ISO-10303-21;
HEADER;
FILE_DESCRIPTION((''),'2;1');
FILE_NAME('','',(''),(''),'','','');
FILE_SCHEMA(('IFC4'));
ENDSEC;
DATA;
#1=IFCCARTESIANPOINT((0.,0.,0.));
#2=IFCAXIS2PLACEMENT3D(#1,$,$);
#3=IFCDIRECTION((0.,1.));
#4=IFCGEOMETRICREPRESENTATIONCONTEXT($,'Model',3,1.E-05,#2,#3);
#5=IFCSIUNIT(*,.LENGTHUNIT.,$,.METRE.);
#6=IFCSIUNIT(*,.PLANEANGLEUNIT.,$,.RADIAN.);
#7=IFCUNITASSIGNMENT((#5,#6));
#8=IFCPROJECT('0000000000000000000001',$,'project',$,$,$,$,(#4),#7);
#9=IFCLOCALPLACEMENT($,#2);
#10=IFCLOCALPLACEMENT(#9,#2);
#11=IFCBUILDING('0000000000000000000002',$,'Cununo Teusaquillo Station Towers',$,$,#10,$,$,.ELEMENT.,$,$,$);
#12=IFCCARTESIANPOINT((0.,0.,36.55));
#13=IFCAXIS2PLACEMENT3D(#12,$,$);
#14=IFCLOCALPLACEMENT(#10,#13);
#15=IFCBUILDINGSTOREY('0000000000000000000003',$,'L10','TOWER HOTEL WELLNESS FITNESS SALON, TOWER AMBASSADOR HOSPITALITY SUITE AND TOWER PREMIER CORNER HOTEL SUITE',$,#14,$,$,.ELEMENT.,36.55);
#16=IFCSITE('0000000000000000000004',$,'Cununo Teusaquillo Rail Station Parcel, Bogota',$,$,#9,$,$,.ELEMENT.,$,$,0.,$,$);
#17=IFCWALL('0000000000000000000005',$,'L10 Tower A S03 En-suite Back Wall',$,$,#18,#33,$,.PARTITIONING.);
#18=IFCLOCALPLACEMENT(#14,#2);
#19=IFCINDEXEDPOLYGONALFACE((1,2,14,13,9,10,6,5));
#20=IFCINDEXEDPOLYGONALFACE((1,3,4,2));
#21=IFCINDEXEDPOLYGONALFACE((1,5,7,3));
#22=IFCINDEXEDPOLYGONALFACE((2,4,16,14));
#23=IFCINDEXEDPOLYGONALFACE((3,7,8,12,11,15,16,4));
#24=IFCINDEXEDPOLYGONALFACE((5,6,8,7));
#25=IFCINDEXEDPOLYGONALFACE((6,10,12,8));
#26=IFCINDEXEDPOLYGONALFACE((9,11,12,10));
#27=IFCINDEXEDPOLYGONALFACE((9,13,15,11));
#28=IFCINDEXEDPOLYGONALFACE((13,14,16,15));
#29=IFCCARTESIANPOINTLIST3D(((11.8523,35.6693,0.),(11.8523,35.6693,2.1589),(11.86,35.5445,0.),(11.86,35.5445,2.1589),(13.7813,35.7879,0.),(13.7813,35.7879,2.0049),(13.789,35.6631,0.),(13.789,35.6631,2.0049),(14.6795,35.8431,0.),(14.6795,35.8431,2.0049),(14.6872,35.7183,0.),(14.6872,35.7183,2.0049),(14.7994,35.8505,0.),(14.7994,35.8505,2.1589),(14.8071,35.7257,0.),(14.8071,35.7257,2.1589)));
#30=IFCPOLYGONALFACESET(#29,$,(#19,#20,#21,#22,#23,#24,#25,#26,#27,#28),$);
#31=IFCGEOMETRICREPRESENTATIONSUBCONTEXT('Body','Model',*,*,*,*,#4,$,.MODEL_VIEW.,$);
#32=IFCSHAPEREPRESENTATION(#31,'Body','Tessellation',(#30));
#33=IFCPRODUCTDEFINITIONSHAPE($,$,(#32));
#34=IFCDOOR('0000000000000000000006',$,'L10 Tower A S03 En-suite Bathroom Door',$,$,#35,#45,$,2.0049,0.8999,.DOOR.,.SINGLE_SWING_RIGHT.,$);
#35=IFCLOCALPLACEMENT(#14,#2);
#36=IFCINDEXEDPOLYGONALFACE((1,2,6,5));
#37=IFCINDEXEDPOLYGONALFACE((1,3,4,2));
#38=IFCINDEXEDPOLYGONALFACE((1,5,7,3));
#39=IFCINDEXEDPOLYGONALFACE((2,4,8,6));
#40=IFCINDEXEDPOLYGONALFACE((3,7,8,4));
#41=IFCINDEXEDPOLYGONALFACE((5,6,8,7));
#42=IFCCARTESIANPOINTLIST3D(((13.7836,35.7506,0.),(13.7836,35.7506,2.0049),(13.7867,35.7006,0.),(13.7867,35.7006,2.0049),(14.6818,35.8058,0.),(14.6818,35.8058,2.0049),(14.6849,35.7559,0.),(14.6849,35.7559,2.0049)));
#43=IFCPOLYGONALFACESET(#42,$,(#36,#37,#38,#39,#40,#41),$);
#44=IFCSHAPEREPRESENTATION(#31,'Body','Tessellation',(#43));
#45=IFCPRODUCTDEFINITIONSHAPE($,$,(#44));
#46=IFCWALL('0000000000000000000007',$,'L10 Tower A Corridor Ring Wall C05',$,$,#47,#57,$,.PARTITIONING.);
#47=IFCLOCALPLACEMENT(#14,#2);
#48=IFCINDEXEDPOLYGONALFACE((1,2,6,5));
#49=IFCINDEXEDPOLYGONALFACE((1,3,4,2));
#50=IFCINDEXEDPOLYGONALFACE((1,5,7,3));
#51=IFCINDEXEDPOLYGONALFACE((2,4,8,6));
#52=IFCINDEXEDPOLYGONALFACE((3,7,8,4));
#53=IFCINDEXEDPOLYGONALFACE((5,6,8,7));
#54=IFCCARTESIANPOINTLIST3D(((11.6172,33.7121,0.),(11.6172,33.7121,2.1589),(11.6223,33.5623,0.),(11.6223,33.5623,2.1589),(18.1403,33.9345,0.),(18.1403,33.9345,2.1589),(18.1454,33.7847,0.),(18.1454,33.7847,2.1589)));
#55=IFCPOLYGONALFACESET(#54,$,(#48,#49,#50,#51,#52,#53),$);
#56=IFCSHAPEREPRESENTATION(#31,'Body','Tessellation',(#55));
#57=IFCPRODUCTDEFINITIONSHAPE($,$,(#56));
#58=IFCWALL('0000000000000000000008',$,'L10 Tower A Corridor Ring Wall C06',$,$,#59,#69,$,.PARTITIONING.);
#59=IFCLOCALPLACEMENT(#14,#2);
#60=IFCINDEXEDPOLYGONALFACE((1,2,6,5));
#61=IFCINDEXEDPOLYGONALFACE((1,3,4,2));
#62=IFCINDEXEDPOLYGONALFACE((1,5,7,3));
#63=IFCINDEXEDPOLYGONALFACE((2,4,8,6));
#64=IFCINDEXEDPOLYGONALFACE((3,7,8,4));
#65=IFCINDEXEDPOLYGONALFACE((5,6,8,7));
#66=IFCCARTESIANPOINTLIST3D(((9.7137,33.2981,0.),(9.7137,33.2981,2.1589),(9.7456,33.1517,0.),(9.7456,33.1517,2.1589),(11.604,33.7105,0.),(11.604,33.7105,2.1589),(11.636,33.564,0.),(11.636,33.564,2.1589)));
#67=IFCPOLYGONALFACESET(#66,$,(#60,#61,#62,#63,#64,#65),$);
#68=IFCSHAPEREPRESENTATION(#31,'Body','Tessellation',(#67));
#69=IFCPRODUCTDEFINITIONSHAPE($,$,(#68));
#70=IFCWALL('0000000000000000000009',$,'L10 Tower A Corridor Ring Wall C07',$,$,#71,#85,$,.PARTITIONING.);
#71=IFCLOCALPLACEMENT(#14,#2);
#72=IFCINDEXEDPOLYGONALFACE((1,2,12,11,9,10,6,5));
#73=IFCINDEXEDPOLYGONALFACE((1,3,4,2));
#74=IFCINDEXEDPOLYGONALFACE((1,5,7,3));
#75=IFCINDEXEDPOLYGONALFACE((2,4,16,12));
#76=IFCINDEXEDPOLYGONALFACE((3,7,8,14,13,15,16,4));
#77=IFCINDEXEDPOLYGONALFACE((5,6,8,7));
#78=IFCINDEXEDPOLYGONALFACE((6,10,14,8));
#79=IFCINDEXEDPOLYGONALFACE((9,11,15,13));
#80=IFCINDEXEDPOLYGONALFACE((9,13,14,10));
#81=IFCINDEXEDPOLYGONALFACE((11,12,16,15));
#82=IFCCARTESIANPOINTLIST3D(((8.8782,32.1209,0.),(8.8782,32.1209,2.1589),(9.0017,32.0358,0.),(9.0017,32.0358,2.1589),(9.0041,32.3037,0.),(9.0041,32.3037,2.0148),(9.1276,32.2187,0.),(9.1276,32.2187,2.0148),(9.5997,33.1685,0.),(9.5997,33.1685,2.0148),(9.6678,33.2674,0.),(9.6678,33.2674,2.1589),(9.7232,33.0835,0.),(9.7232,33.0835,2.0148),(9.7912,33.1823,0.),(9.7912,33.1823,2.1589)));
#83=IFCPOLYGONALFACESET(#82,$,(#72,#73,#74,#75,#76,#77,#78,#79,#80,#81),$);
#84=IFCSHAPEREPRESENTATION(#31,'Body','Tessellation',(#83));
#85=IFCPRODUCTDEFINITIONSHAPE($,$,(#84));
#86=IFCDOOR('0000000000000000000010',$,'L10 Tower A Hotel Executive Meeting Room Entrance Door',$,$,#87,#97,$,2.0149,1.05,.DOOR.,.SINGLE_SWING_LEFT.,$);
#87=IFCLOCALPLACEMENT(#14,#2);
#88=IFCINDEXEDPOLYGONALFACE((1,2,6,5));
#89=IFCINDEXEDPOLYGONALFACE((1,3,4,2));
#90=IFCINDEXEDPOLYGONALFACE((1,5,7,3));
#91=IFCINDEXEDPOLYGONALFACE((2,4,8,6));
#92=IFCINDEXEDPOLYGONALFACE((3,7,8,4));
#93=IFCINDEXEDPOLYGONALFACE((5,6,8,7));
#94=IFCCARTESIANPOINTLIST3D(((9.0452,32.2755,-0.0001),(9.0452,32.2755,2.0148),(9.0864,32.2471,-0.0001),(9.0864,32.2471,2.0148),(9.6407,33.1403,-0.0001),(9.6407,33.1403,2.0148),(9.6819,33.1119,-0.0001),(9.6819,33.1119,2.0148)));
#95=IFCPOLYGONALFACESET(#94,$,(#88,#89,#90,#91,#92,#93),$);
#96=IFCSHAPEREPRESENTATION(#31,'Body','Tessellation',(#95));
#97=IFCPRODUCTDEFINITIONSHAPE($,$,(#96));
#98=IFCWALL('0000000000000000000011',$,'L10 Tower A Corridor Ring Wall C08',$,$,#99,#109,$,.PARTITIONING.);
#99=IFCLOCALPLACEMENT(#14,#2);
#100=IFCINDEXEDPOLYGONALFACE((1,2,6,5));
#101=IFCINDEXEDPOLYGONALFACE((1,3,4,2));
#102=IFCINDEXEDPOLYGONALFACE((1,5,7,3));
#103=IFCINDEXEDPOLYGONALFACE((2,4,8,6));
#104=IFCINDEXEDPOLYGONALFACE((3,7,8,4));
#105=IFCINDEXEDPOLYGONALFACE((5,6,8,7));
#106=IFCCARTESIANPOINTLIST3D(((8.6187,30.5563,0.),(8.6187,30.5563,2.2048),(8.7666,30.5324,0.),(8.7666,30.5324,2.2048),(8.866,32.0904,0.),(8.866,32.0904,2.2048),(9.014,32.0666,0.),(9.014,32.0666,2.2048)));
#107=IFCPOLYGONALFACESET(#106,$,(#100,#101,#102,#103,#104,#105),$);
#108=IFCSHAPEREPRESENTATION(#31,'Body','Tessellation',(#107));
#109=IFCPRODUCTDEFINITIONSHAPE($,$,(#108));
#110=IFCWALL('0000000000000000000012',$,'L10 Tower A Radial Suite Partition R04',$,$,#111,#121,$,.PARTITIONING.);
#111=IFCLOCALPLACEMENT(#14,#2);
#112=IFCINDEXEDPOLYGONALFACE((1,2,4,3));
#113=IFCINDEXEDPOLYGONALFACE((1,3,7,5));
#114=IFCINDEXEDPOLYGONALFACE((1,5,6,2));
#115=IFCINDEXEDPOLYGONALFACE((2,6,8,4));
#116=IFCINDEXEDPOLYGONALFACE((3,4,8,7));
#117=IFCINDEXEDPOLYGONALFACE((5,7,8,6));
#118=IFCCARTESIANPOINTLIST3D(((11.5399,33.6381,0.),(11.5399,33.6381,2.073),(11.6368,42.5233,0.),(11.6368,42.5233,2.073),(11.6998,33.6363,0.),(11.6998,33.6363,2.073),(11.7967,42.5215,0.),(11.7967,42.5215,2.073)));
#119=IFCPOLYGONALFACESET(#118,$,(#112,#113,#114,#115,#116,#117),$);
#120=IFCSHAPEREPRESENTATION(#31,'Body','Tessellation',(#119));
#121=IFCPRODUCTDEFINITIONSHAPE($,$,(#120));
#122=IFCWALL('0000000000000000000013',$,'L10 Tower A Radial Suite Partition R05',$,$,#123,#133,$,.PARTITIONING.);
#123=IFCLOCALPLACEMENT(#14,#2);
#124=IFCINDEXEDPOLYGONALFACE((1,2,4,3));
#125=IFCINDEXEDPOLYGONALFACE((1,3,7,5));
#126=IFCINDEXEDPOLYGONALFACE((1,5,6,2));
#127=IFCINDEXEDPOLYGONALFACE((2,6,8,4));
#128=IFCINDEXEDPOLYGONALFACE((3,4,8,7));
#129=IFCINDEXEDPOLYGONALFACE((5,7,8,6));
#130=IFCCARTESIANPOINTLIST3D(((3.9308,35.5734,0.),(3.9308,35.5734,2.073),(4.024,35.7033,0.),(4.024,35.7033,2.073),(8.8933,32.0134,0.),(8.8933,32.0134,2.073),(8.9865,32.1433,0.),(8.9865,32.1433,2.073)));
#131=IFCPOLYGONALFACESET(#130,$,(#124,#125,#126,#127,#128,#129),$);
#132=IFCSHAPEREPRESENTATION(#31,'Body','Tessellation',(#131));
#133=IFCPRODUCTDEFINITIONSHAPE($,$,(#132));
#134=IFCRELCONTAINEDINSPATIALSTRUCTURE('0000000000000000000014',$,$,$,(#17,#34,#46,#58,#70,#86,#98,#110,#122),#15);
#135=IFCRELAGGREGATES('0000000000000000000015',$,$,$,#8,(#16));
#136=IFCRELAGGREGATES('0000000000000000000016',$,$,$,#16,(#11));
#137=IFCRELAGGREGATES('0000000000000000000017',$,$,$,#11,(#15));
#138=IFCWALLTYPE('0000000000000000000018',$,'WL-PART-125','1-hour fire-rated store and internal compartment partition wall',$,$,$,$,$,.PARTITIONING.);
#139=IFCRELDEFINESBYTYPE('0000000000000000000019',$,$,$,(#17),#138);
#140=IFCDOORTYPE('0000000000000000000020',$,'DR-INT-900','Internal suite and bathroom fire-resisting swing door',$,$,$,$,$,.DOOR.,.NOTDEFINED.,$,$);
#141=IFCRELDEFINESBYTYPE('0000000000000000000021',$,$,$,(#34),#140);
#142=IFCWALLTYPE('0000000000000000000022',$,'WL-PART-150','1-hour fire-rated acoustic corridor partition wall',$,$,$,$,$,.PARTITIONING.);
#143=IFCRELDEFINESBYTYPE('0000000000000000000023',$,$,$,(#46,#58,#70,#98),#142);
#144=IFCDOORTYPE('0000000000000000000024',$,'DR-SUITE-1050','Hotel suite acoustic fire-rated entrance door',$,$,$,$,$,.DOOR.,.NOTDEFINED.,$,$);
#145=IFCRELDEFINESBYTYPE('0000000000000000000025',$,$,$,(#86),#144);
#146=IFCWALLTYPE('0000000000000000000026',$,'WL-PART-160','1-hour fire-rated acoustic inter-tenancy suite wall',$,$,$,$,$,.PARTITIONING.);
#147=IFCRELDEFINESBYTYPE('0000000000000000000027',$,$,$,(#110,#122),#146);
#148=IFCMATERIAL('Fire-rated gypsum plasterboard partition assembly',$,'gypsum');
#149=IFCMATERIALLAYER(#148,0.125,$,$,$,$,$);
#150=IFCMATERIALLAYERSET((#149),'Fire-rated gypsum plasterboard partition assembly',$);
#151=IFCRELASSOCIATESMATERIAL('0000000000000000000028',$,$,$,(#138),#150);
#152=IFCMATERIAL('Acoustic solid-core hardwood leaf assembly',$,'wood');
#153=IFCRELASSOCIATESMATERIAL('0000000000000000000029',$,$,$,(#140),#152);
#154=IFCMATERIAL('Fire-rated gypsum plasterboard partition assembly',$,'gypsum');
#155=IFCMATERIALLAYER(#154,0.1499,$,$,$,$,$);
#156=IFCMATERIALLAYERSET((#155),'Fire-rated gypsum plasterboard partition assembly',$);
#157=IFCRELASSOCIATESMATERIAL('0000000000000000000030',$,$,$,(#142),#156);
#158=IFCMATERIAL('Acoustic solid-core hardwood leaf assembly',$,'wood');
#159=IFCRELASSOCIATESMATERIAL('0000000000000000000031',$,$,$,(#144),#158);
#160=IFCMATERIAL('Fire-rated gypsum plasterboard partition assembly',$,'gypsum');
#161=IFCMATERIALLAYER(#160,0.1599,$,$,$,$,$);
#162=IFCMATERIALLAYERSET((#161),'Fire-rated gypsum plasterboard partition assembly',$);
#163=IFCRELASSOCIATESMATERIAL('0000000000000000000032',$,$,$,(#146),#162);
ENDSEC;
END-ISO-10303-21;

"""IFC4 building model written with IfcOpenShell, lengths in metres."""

from ifc_helpers import new_model, si_unit, direction, frame, frame_2d, origin, place, context, subcontext, project, spatial, rectangle, extrude, source, transform, mapped, material, layer, layer_set, type_object, element, fill, save


model = new_model("IFC4")

# Units and contexts
model_context = context("Model", 3, precision=1e-05, world=origin(), true_north=direction((0.0, 1.0)))
body_context = subcontext(model_context, "Body", "Model", "MODEL_VIEW")
ifc_project = project(units=[si_unit("LENGTHUNIT", "METRE"), si_unit("PLANEANGLEUNIT", "RADIAN")], contexts=[model_context])

# Site, building, storey
site_placement = place(None, origin())
site = spatial("IfcSite", under=ifc_project, at=site_placement, Name="Cununo Teusaquillo Rail Station Parcel, Bogota", CompositionType="ELEMENT", RefElevation=0.0)
building_placement = place(site_placement, origin())
building = spatial("IfcBuilding", under=site, at=building_placement, Name="Cununo Teusaquillo Station Towers", CompositionType="ELEMENT")
storey_placement = place(building_placement, frame((0.0, 0.0, 36.55)))
storey = spatial("IfcBuildingStorey", under=building, at=storey_placement, Name="L10", Description="TOWER HOTEL WELLNESS FITNESS SALON, TOWER AMBASSADOR HOSPITALITY SUITE AND TOWER PREMIER CORNER HOTEL SUITE", CompositionType="ELEMENT", Elevation=36.55)

# Shared definitions
ifc_material_1 = material(Name="Fire-rated gypsum plasterboard partition assembly", Category="gypsum")
ifc_layer_1 = layer(ifc_material_1, 0.125)
ifc_layer_set_1 = layer_set([ifc_layer_1], Name="Fire-rated gypsum plasterboard partition assembly")
wall_type_1 = type_object("IfcWallType", Name="WL-PART-125", Description="1-hour fire-rated store and internal compartment partition wall", PredefinedType="PARTITIONING", material=ifc_layer_set_1)

# Wall, opening, door
wall_1_placement = place(storey_placement, frame((14.8032, 35.7881, 0.0), z_axis=(0.0, 0.0, 1.0), x_axis=(-0.998116, -0.061354, 0.0)))
wall_1 = element("IfcWall", 1, at=wall_1_placement, inside=storey, type_object=wall_type_1, Name="L10 Tower A S03 En-suite Back Wall", PredefinedType="PARTITIONING", context=body_context, shape_type="SweptSolid", body=[
    extrude(rectangle(XDim=2.9526, YDim=0.125, at=frame_2d((1.4763, 0.0))), origin(), (0.0, 0.0, 1.0), 2.1589),
])
shared_shape_1 = source(origin(), body_context, "Body", "SweptSolid", [
    extrude(rectangle(XDim=0.8999, YDim=2.0049, at=frame_2d((0.45, 1.0024))), frame((0.0, 0.0725, 0.0), z_axis=(0.0, -1.0, 0.0), x_axis=(1.0, 0.0, 0.0)), (0.0, 0.0, 1.0), 0.145),
])
opening_1_placement = place(wall_1_placement, frame((0.1201, 0.0, 0.0)))
opening_1 = element("IfcOpeningElement", 2, at=opening_1_placement, cuts=wall_1, PredefinedType="OPENING", context=body_context, shape_type="MappedRepresentation", body=[
    mapped(shared_shape_1, transform((0.0, 0.0, 0.0), x_axis=(1.0, 0.0, 0.0), y_axis=(0.0, 1.0, 0.0), z_axis=(0.0, 0.0, 1.0), scale=1.0)),
])
ifc_material_2 = material(Name="Acoustic solid-core hardwood leaf assembly", Category="wood")
door_type_1 = type_object("IfcDoorType", Name="DR-INT-900", Description="Internal suite and bathroom fire-resisting swing door", OperationType="NOTDEFINED", PredefinedType="DOOR", material=ifc_material_2)
shared_shape_2 = source(origin(), body_context, "Body", "SweptSolid", [
    extrude(rectangle(XDim=0.8999, YDim=2.0049, at=frame_2d((0.45, 1.0024))), frame((0.0, 0.0249, 0.0), z_axis=(0.0, -1.0, 0.0), x_axis=(1.0, 0.0, 0.0)), (0.0, 0.0, 1.0), 0.05),
])
door_1_placement = place(opening_1_placement, origin())
door_1 = element("IfcDoor", 3, at=door_1_placement, inside=storey, type_object=door_type_1, Name="L10 Tower A S03 En-suite Bathroom Door", OperationType="SINGLE_SWING_RIGHT", OverallHeight=2.0049, OverallWidth=0.8999, PredefinedType="DOOR", context=body_context, shape_type="MappedRepresentation", body=[
    mapped(shared_shape_2, transform((0.0, 0.0, 0.0), x_axis=(1.0, 0.0, 0.0), y_axis=(0.0, 1.0, 0.0), z_axis=(0.0, 0.0, 1.0), scale=1.0)),
])
fill(opening_1, door_1)

# Walls
ifc_material_3 = material(Name="Fire-rated gypsum plasterboard partition assembly", Category="gypsum")
ifc_layer_2 = layer(ifc_material_3, 0.1499)
ifc_layer_set_2 = layer_set([ifc_layer_2], Name="Fire-rated gypsum plasterboard partition assembly")
wall_type_2 = type_object("IfcWallType", Name="WL-PART-150", Description="1-hour fire-rated acoustic corridor partition wall", PredefinedType="PARTITIONING", material=ifc_layer_set_2)
wall_2_placement = place(storey_placement, frame((18.1428, 33.8596, 0.0), z_axis=(0.0, 0.0, 1.0), x_axis=(-0.999419, -0.034077, 0.0)))
element("IfcWall", 4, at=wall_2_placement, inside=storey, type_object=wall_type_2, Name="L10 Tower A Corridor Ring Wall C05", PredefinedType="PARTITIONING", context=body_context, shape_type="SweptSolid", body=[
    extrude(rectangle(XDim=6.5269, YDim=0.1499, at=frame_2d((3.2634, 0.0))), origin(), (0.0, 0.0, 1.0), 2.1589),
])
wall_3_placement = place(storey_placement, frame((11.6199, 33.6372, 0.0), z_axis=(0.0, 0.0, 1.0), x_axis=(-0.977026, -0.213121, 0.0)))
element("IfcWall", 5, at=wall_3_placement, inside=storey, type_object=wall_type_2, Name="L10 Tower A Corridor Ring Wall C06", PredefinedType="PARTITIONING", context=body_context, shape_type="SweptSolid", body=[
    extrude(rectangle(XDim=1.9348, YDim=0.1499, at=frame_2d((0.9673, 0.0))), origin(), (0.0, 0.0, 1.0), 2.1589),
])

# Wall, opening, door
wall_4_placement = place(storey_placement, frame((9.7295, 33.2249, 0.0), z_axis=(0.0, 0.0, 1.0), x_axis=(-0.567184, -0.823591, 0.0)))
wall_4 = element("IfcWall", 6, at=wall_4_placement, inside=storey, type_object=wall_type_2, Name="L10 Tower A Corridor Ring Wall C07", PredefinedType="PARTITIONING", context=body_context, shape_type="SweptSolid", body=[
    extrude(rectangle(XDim=1.3921, YDim=0.1499, at=frame_2d((0.696, 0.0))), origin(), (0.0, 0.0, 1.0), 2.1589),
])
shared_shape_3 = source(origin(), body_context, "Body", "SweptSolid", [
    extrude(rectangle(XDim=1.05, YDim=2.0149, at=frame_2d((0.5249, 1.0073))), frame((0.0, 0.085, 0.0), z_axis=(0.0, -1.0, 0.0), x_axis=(1.0, 0.0, 0.0)), (0.0, 0.0, 1.0), 0.1699),
])
opening_2_placement = place(wall_4_placement, frame((0.1201, 0.0, 0.0)))
opening_2 = element("IfcOpeningElement", 7, at=opening_2_placement, cuts=wall_4, PredefinedType="OPENING", context=body_context, shape_type="MappedRepresentation", body=[
    mapped(shared_shape_3, transform((0.0, 0.0, 0.0), x_axis=(1.0, 0.0, 0.0), y_axis=(0.0, 1.0, 0.0), z_axis=(0.0, 0.0, 1.0), scale=1.0)),
])
ifc_material_4 = material(Name="Acoustic solid-core hardwood leaf assembly", Category="wood")
door_type_2 = type_object("IfcDoorType", Name="DR-SUITE-1050", Description="Hotel suite acoustic fire-rated entrance door", OperationType="NOTDEFINED", PredefinedType="DOOR", material=ifc_material_4)
shared_shape_4 = source(origin(), body_context, "Body", "SweptSolid", [
    extrude(rectangle(XDim=1.05, YDim=2.0149, at=frame_2d((0.5249, 1.0073))), frame((0.0, 0.0249, 0.0), z_axis=(0.0, -1.0, 0.0), x_axis=(1.0, 0.0, 0.0)), (0.0, 0.0, 1.0), 0.05),
])
door_2_placement = place(opening_2_placement, origin())
door_2 = element("IfcDoor", 8, at=door_2_placement, inside=storey, type_object=door_type_2, Name="L10 Tower A Hotel Executive Meeting Room Entrance Door", OperationType="SINGLE_SWING_LEFT", OverallHeight=2.0149, OverallWidth=1.05, PredefinedType="DOOR", context=body_context, shape_type="MappedRepresentation", body=[
    mapped(shared_shape_4, transform((0.0, 0.0, 0.0), x_axis=(1.0, 0.0, 0.0), y_axis=(0.0, 1.0, 0.0), z_axis=(0.0, 0.0, 1.0), scale=1.0)),
])
fill(opening_2, door_2)

# Walls
wall_5_placement = place(storey_placement, frame((8.9399, 32.0784, 0.0), z_axis=(0.0, 0.0, 1.0), x_axis=(-0.159148, -0.987255, 0.0)))
element("IfcWall", 9, at=wall_5_placement, inside=storey, type_object=wall_type_2, Name="L10 Tower A Corridor Ring Wall C08", PredefinedType="PARTITIONING", context=body_context, shape_type="SweptSolid", body=[
    extrude(rectangle(XDim=1.554, YDim=0.1499, at=frame_2d((0.7769, 0.0))), origin(), (0.0, 0.0, 1.0), 2.2048),
])
ifc_material_5 = material(Name="Fire-rated gypsum plasterboard partition assembly", Category="gypsum")
ifc_layer_3 = layer(ifc_material_5, 0.1599)
ifc_layer_set_3 = layer_set([ifc_layer_3], Name="Fire-rated gypsum plasterboard partition assembly")
wall_type_3 = type_object("IfcWallType", Name="WL-PART-160", Description="1-hour fire-rated acoustic inter-tenancy suite wall", PredefinedType="PARTITIONING", material=ifc_layer_set_3)
wall_6_placement = place(storey_placement, frame((11.6199, 33.6372, 0.0), z_axis=(0.0, 0.0, 1.0), x_axis=(0.010908, 0.999941, 0.0)))
element("IfcWall", 10, at=wall_6_placement, inside=storey, type_object=wall_type_3, Name="L10 Tower A Radial Suite Partition R04", PredefinedType="PARTITIONING", context=body_context, shape_type="SweptSolid", body=[
    extrude(rectangle(XDim=8.8857, YDim=0.1599, at=frame_2d((4.4429, 0.0))), origin(), (0.0, 0.0, 1.0), 2.073),
])
wall_7_placement = place(storey_placement, frame((8.9399, 32.0784, 0.0), z_axis=(0.0, 0.0, 1.0), x_axis=(-0.812546, 0.582897, 0.0)))
element("IfcWall", 11, at=wall_7_placement, inside=storey, type_object=wall_type_3, Name="L10 Tower A Radial Suite Partition R05", PredefinedType="PARTITIONING", context=body_context, shape_type="SweptSolid", body=[
    extrude(rectangle(XDim=6.1074, YDim=0.1599, at=frame_2d((3.0537, 0.0))), origin(), (0.0, 0.0, 1.0), 2.073),
])

save(model, "model.ifc")
